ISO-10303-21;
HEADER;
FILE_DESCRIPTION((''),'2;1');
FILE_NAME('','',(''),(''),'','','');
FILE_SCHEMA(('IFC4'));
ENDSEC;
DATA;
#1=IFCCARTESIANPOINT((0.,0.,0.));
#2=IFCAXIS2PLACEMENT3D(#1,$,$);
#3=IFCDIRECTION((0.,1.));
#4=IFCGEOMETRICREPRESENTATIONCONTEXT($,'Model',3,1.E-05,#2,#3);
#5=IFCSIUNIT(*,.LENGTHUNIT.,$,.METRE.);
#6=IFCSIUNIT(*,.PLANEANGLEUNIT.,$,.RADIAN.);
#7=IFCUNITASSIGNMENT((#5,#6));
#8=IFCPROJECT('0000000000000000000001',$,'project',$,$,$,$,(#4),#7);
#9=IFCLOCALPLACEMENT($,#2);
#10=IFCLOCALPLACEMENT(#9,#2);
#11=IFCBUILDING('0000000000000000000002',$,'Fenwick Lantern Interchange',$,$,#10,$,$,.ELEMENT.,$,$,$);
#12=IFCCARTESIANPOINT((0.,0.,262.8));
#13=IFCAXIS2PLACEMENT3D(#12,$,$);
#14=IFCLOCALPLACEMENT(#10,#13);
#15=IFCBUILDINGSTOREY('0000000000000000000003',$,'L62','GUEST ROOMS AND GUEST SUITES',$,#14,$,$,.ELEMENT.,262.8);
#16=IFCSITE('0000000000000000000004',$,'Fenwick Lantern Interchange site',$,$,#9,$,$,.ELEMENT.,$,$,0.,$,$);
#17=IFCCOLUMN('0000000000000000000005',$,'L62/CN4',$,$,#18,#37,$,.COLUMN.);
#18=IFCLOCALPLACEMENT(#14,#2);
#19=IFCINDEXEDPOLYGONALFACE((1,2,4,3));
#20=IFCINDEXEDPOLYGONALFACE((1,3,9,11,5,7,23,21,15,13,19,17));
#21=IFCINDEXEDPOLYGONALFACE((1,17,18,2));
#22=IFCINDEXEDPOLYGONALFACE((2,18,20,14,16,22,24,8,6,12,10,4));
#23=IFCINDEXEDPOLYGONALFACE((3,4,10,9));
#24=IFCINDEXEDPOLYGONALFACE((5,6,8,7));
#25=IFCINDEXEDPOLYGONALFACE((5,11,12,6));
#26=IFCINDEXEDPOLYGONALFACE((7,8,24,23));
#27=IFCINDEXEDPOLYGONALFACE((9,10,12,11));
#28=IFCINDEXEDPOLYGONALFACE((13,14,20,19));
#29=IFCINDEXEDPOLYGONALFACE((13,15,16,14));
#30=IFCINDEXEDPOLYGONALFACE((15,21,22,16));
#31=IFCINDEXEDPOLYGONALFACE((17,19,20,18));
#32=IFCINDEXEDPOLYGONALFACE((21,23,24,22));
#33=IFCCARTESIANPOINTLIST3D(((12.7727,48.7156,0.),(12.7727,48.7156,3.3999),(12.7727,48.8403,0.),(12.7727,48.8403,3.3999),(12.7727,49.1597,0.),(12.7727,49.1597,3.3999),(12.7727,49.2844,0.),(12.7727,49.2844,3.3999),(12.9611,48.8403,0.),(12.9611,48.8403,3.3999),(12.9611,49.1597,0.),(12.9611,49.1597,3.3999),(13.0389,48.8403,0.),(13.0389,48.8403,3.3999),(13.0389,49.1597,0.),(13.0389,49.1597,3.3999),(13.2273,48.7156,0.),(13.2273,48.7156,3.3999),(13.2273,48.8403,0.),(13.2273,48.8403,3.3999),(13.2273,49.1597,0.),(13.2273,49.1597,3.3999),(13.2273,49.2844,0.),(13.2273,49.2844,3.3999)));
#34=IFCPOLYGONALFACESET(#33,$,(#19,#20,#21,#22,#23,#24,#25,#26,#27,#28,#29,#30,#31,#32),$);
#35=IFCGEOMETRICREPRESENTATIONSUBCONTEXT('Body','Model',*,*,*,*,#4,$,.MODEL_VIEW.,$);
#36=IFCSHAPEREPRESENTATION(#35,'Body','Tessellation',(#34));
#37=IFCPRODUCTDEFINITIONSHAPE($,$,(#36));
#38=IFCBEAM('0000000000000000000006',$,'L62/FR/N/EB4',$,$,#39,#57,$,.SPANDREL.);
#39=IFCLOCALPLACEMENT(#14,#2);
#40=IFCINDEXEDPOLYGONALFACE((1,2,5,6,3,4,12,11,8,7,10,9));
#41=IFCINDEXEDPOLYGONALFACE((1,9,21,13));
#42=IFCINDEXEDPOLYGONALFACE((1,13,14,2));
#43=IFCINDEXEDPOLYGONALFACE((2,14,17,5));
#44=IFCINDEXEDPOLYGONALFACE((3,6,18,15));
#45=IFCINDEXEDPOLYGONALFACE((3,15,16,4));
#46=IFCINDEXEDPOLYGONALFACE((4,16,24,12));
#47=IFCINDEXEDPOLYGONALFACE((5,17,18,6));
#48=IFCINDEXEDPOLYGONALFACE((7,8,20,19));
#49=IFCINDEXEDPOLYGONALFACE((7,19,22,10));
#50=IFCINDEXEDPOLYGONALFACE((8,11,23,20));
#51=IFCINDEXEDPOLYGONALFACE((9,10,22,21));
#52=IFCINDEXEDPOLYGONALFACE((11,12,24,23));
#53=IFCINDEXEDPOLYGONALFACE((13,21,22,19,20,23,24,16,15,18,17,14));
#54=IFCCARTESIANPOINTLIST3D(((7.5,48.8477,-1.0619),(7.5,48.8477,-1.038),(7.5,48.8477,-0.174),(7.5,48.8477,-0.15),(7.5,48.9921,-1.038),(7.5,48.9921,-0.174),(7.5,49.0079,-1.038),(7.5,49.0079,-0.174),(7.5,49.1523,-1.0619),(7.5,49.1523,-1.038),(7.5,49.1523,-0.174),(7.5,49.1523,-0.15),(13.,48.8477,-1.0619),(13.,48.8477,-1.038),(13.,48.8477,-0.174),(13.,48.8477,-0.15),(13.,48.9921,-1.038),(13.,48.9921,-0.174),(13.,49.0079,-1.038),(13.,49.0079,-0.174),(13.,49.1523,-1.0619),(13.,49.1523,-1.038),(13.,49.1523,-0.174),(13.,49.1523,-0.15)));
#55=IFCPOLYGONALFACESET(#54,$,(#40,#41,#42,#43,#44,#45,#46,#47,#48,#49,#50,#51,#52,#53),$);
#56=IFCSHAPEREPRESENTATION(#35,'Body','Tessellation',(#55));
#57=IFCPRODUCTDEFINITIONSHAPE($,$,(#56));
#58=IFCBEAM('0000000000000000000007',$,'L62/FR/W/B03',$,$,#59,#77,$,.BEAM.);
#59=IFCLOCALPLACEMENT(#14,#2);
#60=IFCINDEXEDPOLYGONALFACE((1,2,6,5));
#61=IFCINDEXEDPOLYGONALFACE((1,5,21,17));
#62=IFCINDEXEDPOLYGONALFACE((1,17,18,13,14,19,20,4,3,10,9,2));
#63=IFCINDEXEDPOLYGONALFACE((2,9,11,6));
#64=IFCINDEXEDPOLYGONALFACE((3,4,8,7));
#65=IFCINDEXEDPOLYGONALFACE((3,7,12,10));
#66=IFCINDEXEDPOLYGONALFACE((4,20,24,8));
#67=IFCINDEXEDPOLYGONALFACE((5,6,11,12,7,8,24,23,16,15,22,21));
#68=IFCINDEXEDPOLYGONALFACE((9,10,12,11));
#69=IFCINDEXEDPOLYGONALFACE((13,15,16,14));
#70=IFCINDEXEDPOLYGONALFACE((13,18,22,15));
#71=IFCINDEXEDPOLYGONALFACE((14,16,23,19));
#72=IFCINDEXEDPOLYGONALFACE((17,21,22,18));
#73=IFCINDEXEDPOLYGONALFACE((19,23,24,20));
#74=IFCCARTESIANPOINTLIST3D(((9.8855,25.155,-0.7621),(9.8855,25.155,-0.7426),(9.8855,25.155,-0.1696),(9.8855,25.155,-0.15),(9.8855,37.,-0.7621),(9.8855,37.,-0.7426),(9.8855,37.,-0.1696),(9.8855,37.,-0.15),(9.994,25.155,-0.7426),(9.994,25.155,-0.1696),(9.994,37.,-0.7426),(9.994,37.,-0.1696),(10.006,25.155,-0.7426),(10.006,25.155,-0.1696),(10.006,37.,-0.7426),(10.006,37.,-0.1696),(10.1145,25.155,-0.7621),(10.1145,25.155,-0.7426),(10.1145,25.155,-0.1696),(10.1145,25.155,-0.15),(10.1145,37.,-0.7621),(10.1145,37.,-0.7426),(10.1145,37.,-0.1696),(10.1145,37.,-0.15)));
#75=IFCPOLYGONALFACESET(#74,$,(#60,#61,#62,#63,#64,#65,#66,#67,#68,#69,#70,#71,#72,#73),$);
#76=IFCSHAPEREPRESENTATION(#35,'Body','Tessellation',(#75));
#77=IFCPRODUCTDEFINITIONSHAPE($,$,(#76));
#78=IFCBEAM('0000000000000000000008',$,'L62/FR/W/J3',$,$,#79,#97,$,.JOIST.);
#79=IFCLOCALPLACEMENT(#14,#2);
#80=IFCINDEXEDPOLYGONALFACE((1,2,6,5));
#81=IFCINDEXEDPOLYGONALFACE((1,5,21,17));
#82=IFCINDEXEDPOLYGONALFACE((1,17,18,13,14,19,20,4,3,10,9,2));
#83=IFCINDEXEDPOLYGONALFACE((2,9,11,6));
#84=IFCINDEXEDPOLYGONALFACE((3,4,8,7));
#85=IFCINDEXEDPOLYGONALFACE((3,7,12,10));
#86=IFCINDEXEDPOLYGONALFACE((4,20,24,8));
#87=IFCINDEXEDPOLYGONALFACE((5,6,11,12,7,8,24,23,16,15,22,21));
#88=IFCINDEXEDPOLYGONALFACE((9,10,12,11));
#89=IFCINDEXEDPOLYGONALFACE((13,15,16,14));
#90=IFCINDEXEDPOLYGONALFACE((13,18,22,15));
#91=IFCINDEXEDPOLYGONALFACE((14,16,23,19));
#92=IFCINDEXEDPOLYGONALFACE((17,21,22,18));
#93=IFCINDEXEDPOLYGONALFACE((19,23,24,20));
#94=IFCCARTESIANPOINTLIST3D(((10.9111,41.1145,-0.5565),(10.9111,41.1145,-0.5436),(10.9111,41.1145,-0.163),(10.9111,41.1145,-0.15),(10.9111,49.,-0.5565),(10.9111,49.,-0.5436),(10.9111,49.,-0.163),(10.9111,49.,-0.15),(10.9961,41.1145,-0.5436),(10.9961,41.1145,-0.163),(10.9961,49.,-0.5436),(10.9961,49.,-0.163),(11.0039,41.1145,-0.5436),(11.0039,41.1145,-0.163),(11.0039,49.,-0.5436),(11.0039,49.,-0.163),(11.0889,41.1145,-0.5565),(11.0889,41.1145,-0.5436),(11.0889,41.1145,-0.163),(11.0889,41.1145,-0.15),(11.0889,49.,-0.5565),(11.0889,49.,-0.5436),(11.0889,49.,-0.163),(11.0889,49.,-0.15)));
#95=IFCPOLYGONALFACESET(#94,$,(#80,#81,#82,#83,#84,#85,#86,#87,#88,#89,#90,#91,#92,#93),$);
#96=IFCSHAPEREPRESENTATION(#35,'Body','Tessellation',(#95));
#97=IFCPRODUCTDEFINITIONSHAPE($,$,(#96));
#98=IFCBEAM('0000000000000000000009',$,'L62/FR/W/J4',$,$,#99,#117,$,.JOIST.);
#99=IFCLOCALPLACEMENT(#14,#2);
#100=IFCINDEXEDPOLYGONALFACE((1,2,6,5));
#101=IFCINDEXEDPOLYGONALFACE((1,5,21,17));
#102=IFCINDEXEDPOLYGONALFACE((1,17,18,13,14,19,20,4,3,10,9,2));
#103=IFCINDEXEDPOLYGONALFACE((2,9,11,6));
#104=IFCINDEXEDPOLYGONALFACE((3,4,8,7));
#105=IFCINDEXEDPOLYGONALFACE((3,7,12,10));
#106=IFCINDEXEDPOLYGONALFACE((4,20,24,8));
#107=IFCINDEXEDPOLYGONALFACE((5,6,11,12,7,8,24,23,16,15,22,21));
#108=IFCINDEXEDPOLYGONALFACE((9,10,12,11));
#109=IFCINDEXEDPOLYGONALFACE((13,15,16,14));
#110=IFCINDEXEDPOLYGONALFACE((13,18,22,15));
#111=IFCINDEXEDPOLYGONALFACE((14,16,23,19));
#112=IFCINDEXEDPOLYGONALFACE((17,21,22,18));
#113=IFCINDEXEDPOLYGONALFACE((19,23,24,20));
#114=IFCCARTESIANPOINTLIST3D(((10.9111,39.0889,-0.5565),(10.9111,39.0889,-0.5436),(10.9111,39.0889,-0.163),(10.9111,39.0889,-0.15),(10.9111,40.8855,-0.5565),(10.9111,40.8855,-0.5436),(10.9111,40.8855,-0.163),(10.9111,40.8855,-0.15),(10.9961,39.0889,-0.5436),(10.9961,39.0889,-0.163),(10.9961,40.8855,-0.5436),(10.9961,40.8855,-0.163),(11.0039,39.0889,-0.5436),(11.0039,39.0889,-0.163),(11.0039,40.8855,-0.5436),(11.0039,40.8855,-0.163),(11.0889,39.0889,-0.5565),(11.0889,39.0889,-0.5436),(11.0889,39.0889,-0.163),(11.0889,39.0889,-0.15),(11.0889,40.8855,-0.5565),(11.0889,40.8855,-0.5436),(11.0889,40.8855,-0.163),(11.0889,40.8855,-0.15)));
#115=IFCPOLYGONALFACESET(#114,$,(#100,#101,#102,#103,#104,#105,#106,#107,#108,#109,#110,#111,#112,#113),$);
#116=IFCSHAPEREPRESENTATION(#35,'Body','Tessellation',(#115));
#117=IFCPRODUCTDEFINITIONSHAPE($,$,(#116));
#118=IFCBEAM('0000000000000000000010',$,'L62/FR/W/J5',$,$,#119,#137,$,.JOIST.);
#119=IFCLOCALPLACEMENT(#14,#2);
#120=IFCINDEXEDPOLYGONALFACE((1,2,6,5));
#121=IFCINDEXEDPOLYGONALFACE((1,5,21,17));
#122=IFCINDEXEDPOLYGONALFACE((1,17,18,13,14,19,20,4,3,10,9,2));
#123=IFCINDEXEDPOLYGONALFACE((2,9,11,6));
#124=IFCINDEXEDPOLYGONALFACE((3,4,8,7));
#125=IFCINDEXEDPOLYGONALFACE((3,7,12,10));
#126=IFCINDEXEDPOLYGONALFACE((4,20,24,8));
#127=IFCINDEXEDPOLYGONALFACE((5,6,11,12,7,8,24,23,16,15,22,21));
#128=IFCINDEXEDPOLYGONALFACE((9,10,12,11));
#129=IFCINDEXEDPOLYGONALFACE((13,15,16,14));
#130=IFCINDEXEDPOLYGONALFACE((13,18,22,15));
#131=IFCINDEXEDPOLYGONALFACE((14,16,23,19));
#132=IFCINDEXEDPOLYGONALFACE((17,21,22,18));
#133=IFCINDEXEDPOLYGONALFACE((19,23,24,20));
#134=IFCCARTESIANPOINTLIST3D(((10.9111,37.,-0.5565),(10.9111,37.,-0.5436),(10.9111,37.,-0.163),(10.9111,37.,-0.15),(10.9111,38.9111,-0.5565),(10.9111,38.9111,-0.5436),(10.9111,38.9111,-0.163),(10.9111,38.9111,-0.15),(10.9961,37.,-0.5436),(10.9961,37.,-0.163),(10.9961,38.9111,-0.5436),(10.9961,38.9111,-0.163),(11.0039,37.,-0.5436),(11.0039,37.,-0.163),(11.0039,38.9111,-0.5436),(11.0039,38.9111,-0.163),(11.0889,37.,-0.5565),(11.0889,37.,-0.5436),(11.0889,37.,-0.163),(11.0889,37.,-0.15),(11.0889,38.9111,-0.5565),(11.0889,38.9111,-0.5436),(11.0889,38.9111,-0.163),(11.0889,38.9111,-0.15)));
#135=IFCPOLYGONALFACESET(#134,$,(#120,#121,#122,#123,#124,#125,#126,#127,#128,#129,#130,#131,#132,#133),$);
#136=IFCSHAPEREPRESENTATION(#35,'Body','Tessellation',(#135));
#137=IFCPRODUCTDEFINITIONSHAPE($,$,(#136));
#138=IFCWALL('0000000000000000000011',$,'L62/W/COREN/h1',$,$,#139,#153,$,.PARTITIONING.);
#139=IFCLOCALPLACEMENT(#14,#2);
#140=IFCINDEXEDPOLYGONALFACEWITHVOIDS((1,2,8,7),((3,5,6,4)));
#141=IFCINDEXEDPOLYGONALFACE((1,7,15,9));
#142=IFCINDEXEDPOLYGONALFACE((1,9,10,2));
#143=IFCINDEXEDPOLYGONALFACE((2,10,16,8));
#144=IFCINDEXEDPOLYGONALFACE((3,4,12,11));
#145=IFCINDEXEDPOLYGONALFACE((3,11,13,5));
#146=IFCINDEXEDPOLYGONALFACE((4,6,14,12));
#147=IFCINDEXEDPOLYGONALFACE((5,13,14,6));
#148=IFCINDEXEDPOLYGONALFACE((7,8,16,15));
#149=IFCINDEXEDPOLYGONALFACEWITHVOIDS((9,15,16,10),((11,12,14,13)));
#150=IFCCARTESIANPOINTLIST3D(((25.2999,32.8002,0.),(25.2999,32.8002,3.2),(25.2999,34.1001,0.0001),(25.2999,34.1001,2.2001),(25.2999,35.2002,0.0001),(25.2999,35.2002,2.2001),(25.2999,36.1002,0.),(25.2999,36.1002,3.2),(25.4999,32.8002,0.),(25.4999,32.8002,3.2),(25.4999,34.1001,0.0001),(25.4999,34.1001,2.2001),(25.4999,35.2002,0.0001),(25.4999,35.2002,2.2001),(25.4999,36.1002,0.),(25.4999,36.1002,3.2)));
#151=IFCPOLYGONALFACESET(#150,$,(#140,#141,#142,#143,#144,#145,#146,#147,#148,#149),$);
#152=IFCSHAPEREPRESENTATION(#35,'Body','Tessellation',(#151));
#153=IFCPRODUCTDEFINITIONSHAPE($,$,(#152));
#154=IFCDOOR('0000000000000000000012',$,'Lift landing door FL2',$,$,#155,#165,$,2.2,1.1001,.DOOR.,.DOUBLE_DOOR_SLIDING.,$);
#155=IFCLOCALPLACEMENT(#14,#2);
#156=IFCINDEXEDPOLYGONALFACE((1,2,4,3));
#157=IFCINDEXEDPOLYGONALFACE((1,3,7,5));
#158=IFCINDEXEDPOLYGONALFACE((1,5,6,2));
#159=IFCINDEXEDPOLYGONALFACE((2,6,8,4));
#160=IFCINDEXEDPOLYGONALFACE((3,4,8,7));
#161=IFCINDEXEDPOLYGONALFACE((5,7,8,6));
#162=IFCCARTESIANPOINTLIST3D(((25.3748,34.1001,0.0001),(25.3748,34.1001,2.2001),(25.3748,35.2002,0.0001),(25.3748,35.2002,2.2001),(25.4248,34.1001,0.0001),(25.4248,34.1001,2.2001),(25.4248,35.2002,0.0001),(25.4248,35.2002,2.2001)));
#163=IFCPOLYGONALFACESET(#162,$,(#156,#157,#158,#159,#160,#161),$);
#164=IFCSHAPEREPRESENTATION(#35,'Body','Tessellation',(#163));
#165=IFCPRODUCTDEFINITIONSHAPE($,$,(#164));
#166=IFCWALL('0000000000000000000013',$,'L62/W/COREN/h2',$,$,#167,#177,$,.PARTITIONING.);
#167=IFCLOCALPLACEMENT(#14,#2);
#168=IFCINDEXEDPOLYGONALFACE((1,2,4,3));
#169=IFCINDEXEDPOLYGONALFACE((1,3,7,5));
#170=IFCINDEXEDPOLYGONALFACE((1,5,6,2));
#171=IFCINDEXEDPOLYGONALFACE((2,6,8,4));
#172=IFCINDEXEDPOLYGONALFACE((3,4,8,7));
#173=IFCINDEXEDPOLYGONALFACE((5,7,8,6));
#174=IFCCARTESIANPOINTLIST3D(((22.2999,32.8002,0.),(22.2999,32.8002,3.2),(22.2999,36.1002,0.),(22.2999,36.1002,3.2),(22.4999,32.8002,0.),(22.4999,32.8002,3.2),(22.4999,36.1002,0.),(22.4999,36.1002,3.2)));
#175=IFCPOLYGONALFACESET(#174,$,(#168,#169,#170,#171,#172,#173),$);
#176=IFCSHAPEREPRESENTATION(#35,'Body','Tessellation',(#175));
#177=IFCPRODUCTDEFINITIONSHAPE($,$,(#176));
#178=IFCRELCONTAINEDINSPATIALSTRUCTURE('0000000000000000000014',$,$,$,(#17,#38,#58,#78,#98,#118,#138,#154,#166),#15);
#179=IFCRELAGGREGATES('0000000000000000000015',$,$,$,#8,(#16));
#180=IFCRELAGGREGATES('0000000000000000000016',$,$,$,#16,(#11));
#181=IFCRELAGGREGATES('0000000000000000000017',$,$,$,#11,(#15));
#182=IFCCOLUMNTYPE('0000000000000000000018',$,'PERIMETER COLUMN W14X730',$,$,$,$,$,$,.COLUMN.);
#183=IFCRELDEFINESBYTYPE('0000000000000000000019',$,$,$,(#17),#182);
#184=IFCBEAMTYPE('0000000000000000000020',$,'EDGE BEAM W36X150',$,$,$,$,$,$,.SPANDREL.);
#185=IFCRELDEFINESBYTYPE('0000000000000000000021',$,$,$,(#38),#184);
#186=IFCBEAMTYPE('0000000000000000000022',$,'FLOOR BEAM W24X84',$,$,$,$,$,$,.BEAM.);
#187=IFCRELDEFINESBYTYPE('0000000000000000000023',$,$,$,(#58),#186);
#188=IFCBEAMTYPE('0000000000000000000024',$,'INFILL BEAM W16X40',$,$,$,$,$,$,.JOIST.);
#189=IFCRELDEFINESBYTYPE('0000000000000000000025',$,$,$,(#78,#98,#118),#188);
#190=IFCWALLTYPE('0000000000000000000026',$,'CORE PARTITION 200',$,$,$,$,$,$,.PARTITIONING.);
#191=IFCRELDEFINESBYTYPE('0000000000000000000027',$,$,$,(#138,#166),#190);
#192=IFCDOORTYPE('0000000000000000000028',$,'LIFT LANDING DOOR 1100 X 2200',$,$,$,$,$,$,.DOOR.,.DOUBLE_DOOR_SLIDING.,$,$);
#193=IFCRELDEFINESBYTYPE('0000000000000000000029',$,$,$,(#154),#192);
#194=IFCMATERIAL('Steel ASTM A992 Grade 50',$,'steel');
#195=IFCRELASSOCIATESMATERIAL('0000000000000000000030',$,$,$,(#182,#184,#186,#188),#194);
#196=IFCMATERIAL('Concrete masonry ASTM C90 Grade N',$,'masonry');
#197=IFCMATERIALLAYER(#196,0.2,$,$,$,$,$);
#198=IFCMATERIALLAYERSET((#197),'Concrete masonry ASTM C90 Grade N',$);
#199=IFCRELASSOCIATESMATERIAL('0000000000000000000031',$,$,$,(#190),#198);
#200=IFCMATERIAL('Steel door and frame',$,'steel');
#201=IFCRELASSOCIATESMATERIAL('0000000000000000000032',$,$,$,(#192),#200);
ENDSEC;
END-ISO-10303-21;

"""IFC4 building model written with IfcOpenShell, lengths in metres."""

from ifc_helpers import new_model, si_unit, direction, frame, frame_2d, origin, origin_2d, place, context, subcontext, project, spatial, rectangle, i_section, extrude, material, layer, layer_set, material_profile, profile_set, type_object, element, fill, save


model = new_model("IFC4")

# Units and contexts
model_context = context("Model", 3, precision=1e-05, world=origin(), true_north=direction((0.0, 1.0)))
body_context = subcontext(model_context, "Body", "Model", "MODEL_VIEW")
ifc_project = project(units=[si_unit("LENGTHUNIT", "METRE"), si_unit("PLANEANGLEUNIT", "RADIAN")], contexts=[model_context])

# Site, building, storey
site_placement = place(None, origin())
site = spatial("IfcSite", under=ifc_project, at=site_placement, Name="Fenwick Lantern Interchange site", CompositionType="ELEMENT", RefElevation=0.0)
building_placement = place(site_placement, origin())
building = spatial("IfcBuilding", under=site, at=building_placement, Name="Fenwick Lantern Interchange", CompositionType="ELEMENT")
storey_placement = place(building_placement, frame((0.0, 0.0, 262.8)))
storey = spatial("IfcBuildingStorey", under=building, at=storey_placement, Name="L62", Description="GUEST ROOMS AND GUEST SUITES", CompositionType="ELEMENT", Elevation=262.8)

# Column
ifc_material_1 = material(Name="Steel ASTM A992 Grade 50", Category="steel")
ifc_material_profile_1 = material_profile(ifc_material_1, i_section(OverallWidth=0.4546, OverallDepth=0.5688, WebThickness=0.0779, FlangeThickness=0.1248, at=origin_2d()), Name="W14X730")
ifc_profile_set_1 = profile_set([ifc_material_profile_1], Name="Steel ASTM A992 Grade 50")
column_type = type_object("IfcColumnType", Name="PERIMETER COLUMN W14X730", PredefinedType="COLUMN", material=ifc_profile_set_1)
column_placement = place(storey_placement, frame((13.0, 49.0, 0.0), z_axis=(0.0, 0.0, 1.0), x_axis=(1.0, 0.0, 0.0)))
element("IfcColumn", 1, at=column_placement, inside=storey, type_object=column_type, Name="L62/CN4", PredefinedType="COLUMN", context=body_context, shape_type="SweptSolid", body=[
    extrude(i_section(OverallWidth=0.4546, OverallDepth=0.5688, WebThickness=0.0779, FlangeThickness=0.1248, at=origin_2d()), origin(), (0.0, 0.0, 1.0), 3.3999),
])

# Beams
ifc_material_profile_2 = material_profile(ifc_material_1, i_section(OverallWidth=0.3047, OverallDepth=0.9119, WebThickness=0.0159, FlangeThickness=0.0239, at=origin_2d()), Name="W36X150")
ifc_profile_set_2 = profile_set([ifc_material_profile_2], Name="Steel ASTM A992 Grade 50")
beam_type_1 = type_object("IfcBeamType", Name="EDGE BEAM W36X150", PredefinedType="SPANDREL", material=ifc_profile_set_2)
beam_1_placement = place(storey_placement, frame((13.0, 49.0, -0.606), z_axis=(-1.0, 0.0, 0.0), x_axis=(0.0, -1.0, 0.0)))
element("IfcBeam", 2, at=beam_1_placement, inside=storey, type_object=beam_type_1, Name="L62/FR/N/EB4", PredefinedType="SPANDREL", context=body_context, shape_type="SweptSolid", body=[
    extrude(i_section(OverallWidth=0.3047, OverallDepth=0.9119, WebThickness=0.0159, FlangeThickness=0.0239, at=origin_2d()), origin(), (0.0, 0.0, 1.0), 5.5),
])
ifc_material_profile_3 = material_profile(ifc_material_1, i_section(OverallWidth=0.229, OverallDepth=0.6121, WebThickness=0.012, FlangeThickness=0.0195, at=origin_2d()), Name="W24X84")
ifc_profile_set_3 = profile_set([ifc_material_profile_3], Name="Steel ASTM A992 Grade 50")
beam_type_2 = type_object("IfcBeamType", Name="FLOOR BEAM W24X84", PredefinedType="BEAM", material=ifc_profile_set_3)
beam_2_placement = place(storey_placement, frame((10.0, 37.0, -0.4561), z_axis=(0.0, -1.0, 0.0), x_axis=(1.0, 0.0, 0.0)))
element("IfcBeam", 3, at=beam_2_placement, inside=storey, type_object=beam_type_2, Name="L62/FR/W/B03", PredefinedType="BEAM", context=body_context, shape_type="SweptSolid", body=[
    extrude(i_section(OverallWidth=0.229, OverallDepth=0.6121, WebThickness=0.012, FlangeThickness=0.0195, at=origin_2d()), origin(), (0.0, 0.0, 1.0), 11.845),
])
ifc_material_profile_4 = material_profile(ifc_material_1, i_section(OverallWidth=0.1777, OverallDepth=0.4065, WebThickness=0.0078, FlangeThickness=0.0129, at=origin_2d()), Name="W16X40")
ifc_profile_set_4 = profile_set([ifc_material_profile_4], Name="Steel ASTM A992 Grade 50")
beam_type_3 = type_object("IfcBeamType", Name="INFILL BEAM W16X40", PredefinedType="JOIST", material=ifc_profile_set_4)
beam_3_placement = place(storey_placement, frame((11.0, 49.0, -0.3533), z_axis=(0.0, -1.0, 0.0), x_axis=(1.0, 0.0, 0.0)))
element("IfcBeam", 4, at=beam_3_placement, inside=storey, type_object=beam_type_3, Name="L62/FR/W/J3", PredefinedType="JOIST", context=body_context, shape_type="SweptSolid", body=[
    extrude(i_section(OverallWidth=0.1777, OverallDepth=0.4065, WebThickness=0.0078, FlangeThickness=0.0129, at=origin_2d()), origin(), (0.0, 0.0, 1.0), 7.8855),
])
beam_4_placement = place(storey_placement, frame((11.0, 40.8855, -0.3533), z_axis=(0.0, -1.0, 0.0), x_axis=(1.0, 0.0, 0.0)))
element("IfcBeam", 5, at=beam_4_placement, inside=storey, type_object=beam_type_3, Name="L62/FR/W/J4", PredefinedType="JOIST", context=body_context, shape_type="SweptSolid", body=[
    extrude(i_section(OverallWidth=0.1777, OverallDepth=0.4065, WebThickness=0.0078, FlangeThickness=0.0129, at=origin_2d()), origin(), (0.0, 0.0, 1.0), 1.7966),
])
beam_5_placement = place(storey_placement, frame((11.0, 38.9111, -0.3533), z_axis=(0.0, -1.0, 0.0), x_axis=(1.0, 0.0, 0.0)))
element("IfcBeam", 6, at=beam_5_placement, inside=storey, type_object=beam_type_3, Name="L62/FR/W/J5", PredefinedType="JOIST", context=body_context, shape_type="SweptSolid", body=[
    extrude(i_section(OverallWidth=0.1777, OverallDepth=0.4065, WebThickness=0.0078, FlangeThickness=0.0129, at=origin_2d()), origin(), (0.0, 0.0, 1.0), 1.9111),
])

# Wall, opening, door
ifc_material_2 = material(Name="Concrete masonry ASTM C90 Grade N", Category="masonry")
ifc_layer_1 = layer(ifc_material_2, 0.2)
ifc_layer_set_1 = layer_set([ifc_layer_1], Name="Concrete masonry ASTM C90 Grade N")
wall_type_1 = type_object("IfcWallType", Name="CORE PARTITION 200", PredefinedType="PARTITIONING", material=ifc_layer_set_1)
wall_1_placement = place(storey_placement, frame((25.3999, 36.1001, 0.0), z_axis=(0.0, 0.0, 1.0), x_axis=(0.0, -1.0, 0.0)))
wall_1 = element("IfcWall", 7, at=wall_1_placement, inside=storey, type_object=wall_type_1, Name="L62/W/COREN/h1", PredefinedType="PARTITIONING", context=body_context, shape_type="SweptSolid", body=[
    extrude(rectangle(XDim=3.3, YDim=0.2, at=frame_2d((1.6499, 0.0))), origin(), (0.0, 0.0, 1.0), 3.2),
])
opening_1_placement = place(wall_1_placement, frame((0.8999, 0.0, 0.0)))
opening_1 = element("IfcOpeningElement", 8, at=opening_1_placement, cuts=wall_1, PredefinedType="OPENING", context=body_context, shape_type="SweptSolid", body=[
    extrude(rectangle(XDim=1.1001, YDim=2.2, at=frame_2d((0.55, 1.1001))), frame((0.0, 0.1099, 0.0), z_axis=(0.0, -1.0, 0.0), x_axis=(1.0, 0.0, 0.0)), (0.0, 0.0, 1.0), 0.22),
])
ifc_material_3 = material(Name="Steel door and frame", Category="steel")
door_type_1 = type_object("IfcDoorType", Name="LIFT LANDING DOOR 1100 X 2200", OperationType="DOUBLE_DOOR_SLIDING", PredefinedType="DOOR", material=ifc_material_3)
door_1_placement = place(opening_1_placement, origin())
door_1 = element("IfcDoor", 9, at=door_1_placement, inside=storey, type_object=door_type_1, Name="Lift landing door FL2", OperationType="DOUBLE_DOOR_SLIDING", OverallHeight=2.2, OverallWidth=1.1001, PredefinedType="DOOR", context=body_context, shape_type="SweptSolid", body=[
    extrude(rectangle(XDim=1.1001, YDim=2.2, at=frame_2d((0.55, 1.1001))), frame((0.0, 0.0249, 0.0), z_axis=(0.0, -1.0, 0.0), x_axis=(1.0, 0.0, 0.0)), (0.0, 0.0, 1.0), 0.05),
])
fill(opening_1, door_1)

# Wall
wall_2_placement = place(storey_placement, frame((22.3999, 36.1001, 0.0), z_axis=(0.0, 0.0, 1.0), x_axis=(0.0, -1.0, 0.0)))
element("IfcWall", 10, at=wall_2_placement, inside=storey, type_object=wall_type_1, Name="L62/W/COREN/h2", PredefinedType="PARTITIONING", context=body_context, shape_type="SweptSolid", body=[
    extrude(rectangle(XDim=3.3, YDim=0.2, at=frame_2d((1.6499, 0.0))), origin(), (0.0, 0.0, 1.0), 3.2),
])

save(model, "model.ifc")
